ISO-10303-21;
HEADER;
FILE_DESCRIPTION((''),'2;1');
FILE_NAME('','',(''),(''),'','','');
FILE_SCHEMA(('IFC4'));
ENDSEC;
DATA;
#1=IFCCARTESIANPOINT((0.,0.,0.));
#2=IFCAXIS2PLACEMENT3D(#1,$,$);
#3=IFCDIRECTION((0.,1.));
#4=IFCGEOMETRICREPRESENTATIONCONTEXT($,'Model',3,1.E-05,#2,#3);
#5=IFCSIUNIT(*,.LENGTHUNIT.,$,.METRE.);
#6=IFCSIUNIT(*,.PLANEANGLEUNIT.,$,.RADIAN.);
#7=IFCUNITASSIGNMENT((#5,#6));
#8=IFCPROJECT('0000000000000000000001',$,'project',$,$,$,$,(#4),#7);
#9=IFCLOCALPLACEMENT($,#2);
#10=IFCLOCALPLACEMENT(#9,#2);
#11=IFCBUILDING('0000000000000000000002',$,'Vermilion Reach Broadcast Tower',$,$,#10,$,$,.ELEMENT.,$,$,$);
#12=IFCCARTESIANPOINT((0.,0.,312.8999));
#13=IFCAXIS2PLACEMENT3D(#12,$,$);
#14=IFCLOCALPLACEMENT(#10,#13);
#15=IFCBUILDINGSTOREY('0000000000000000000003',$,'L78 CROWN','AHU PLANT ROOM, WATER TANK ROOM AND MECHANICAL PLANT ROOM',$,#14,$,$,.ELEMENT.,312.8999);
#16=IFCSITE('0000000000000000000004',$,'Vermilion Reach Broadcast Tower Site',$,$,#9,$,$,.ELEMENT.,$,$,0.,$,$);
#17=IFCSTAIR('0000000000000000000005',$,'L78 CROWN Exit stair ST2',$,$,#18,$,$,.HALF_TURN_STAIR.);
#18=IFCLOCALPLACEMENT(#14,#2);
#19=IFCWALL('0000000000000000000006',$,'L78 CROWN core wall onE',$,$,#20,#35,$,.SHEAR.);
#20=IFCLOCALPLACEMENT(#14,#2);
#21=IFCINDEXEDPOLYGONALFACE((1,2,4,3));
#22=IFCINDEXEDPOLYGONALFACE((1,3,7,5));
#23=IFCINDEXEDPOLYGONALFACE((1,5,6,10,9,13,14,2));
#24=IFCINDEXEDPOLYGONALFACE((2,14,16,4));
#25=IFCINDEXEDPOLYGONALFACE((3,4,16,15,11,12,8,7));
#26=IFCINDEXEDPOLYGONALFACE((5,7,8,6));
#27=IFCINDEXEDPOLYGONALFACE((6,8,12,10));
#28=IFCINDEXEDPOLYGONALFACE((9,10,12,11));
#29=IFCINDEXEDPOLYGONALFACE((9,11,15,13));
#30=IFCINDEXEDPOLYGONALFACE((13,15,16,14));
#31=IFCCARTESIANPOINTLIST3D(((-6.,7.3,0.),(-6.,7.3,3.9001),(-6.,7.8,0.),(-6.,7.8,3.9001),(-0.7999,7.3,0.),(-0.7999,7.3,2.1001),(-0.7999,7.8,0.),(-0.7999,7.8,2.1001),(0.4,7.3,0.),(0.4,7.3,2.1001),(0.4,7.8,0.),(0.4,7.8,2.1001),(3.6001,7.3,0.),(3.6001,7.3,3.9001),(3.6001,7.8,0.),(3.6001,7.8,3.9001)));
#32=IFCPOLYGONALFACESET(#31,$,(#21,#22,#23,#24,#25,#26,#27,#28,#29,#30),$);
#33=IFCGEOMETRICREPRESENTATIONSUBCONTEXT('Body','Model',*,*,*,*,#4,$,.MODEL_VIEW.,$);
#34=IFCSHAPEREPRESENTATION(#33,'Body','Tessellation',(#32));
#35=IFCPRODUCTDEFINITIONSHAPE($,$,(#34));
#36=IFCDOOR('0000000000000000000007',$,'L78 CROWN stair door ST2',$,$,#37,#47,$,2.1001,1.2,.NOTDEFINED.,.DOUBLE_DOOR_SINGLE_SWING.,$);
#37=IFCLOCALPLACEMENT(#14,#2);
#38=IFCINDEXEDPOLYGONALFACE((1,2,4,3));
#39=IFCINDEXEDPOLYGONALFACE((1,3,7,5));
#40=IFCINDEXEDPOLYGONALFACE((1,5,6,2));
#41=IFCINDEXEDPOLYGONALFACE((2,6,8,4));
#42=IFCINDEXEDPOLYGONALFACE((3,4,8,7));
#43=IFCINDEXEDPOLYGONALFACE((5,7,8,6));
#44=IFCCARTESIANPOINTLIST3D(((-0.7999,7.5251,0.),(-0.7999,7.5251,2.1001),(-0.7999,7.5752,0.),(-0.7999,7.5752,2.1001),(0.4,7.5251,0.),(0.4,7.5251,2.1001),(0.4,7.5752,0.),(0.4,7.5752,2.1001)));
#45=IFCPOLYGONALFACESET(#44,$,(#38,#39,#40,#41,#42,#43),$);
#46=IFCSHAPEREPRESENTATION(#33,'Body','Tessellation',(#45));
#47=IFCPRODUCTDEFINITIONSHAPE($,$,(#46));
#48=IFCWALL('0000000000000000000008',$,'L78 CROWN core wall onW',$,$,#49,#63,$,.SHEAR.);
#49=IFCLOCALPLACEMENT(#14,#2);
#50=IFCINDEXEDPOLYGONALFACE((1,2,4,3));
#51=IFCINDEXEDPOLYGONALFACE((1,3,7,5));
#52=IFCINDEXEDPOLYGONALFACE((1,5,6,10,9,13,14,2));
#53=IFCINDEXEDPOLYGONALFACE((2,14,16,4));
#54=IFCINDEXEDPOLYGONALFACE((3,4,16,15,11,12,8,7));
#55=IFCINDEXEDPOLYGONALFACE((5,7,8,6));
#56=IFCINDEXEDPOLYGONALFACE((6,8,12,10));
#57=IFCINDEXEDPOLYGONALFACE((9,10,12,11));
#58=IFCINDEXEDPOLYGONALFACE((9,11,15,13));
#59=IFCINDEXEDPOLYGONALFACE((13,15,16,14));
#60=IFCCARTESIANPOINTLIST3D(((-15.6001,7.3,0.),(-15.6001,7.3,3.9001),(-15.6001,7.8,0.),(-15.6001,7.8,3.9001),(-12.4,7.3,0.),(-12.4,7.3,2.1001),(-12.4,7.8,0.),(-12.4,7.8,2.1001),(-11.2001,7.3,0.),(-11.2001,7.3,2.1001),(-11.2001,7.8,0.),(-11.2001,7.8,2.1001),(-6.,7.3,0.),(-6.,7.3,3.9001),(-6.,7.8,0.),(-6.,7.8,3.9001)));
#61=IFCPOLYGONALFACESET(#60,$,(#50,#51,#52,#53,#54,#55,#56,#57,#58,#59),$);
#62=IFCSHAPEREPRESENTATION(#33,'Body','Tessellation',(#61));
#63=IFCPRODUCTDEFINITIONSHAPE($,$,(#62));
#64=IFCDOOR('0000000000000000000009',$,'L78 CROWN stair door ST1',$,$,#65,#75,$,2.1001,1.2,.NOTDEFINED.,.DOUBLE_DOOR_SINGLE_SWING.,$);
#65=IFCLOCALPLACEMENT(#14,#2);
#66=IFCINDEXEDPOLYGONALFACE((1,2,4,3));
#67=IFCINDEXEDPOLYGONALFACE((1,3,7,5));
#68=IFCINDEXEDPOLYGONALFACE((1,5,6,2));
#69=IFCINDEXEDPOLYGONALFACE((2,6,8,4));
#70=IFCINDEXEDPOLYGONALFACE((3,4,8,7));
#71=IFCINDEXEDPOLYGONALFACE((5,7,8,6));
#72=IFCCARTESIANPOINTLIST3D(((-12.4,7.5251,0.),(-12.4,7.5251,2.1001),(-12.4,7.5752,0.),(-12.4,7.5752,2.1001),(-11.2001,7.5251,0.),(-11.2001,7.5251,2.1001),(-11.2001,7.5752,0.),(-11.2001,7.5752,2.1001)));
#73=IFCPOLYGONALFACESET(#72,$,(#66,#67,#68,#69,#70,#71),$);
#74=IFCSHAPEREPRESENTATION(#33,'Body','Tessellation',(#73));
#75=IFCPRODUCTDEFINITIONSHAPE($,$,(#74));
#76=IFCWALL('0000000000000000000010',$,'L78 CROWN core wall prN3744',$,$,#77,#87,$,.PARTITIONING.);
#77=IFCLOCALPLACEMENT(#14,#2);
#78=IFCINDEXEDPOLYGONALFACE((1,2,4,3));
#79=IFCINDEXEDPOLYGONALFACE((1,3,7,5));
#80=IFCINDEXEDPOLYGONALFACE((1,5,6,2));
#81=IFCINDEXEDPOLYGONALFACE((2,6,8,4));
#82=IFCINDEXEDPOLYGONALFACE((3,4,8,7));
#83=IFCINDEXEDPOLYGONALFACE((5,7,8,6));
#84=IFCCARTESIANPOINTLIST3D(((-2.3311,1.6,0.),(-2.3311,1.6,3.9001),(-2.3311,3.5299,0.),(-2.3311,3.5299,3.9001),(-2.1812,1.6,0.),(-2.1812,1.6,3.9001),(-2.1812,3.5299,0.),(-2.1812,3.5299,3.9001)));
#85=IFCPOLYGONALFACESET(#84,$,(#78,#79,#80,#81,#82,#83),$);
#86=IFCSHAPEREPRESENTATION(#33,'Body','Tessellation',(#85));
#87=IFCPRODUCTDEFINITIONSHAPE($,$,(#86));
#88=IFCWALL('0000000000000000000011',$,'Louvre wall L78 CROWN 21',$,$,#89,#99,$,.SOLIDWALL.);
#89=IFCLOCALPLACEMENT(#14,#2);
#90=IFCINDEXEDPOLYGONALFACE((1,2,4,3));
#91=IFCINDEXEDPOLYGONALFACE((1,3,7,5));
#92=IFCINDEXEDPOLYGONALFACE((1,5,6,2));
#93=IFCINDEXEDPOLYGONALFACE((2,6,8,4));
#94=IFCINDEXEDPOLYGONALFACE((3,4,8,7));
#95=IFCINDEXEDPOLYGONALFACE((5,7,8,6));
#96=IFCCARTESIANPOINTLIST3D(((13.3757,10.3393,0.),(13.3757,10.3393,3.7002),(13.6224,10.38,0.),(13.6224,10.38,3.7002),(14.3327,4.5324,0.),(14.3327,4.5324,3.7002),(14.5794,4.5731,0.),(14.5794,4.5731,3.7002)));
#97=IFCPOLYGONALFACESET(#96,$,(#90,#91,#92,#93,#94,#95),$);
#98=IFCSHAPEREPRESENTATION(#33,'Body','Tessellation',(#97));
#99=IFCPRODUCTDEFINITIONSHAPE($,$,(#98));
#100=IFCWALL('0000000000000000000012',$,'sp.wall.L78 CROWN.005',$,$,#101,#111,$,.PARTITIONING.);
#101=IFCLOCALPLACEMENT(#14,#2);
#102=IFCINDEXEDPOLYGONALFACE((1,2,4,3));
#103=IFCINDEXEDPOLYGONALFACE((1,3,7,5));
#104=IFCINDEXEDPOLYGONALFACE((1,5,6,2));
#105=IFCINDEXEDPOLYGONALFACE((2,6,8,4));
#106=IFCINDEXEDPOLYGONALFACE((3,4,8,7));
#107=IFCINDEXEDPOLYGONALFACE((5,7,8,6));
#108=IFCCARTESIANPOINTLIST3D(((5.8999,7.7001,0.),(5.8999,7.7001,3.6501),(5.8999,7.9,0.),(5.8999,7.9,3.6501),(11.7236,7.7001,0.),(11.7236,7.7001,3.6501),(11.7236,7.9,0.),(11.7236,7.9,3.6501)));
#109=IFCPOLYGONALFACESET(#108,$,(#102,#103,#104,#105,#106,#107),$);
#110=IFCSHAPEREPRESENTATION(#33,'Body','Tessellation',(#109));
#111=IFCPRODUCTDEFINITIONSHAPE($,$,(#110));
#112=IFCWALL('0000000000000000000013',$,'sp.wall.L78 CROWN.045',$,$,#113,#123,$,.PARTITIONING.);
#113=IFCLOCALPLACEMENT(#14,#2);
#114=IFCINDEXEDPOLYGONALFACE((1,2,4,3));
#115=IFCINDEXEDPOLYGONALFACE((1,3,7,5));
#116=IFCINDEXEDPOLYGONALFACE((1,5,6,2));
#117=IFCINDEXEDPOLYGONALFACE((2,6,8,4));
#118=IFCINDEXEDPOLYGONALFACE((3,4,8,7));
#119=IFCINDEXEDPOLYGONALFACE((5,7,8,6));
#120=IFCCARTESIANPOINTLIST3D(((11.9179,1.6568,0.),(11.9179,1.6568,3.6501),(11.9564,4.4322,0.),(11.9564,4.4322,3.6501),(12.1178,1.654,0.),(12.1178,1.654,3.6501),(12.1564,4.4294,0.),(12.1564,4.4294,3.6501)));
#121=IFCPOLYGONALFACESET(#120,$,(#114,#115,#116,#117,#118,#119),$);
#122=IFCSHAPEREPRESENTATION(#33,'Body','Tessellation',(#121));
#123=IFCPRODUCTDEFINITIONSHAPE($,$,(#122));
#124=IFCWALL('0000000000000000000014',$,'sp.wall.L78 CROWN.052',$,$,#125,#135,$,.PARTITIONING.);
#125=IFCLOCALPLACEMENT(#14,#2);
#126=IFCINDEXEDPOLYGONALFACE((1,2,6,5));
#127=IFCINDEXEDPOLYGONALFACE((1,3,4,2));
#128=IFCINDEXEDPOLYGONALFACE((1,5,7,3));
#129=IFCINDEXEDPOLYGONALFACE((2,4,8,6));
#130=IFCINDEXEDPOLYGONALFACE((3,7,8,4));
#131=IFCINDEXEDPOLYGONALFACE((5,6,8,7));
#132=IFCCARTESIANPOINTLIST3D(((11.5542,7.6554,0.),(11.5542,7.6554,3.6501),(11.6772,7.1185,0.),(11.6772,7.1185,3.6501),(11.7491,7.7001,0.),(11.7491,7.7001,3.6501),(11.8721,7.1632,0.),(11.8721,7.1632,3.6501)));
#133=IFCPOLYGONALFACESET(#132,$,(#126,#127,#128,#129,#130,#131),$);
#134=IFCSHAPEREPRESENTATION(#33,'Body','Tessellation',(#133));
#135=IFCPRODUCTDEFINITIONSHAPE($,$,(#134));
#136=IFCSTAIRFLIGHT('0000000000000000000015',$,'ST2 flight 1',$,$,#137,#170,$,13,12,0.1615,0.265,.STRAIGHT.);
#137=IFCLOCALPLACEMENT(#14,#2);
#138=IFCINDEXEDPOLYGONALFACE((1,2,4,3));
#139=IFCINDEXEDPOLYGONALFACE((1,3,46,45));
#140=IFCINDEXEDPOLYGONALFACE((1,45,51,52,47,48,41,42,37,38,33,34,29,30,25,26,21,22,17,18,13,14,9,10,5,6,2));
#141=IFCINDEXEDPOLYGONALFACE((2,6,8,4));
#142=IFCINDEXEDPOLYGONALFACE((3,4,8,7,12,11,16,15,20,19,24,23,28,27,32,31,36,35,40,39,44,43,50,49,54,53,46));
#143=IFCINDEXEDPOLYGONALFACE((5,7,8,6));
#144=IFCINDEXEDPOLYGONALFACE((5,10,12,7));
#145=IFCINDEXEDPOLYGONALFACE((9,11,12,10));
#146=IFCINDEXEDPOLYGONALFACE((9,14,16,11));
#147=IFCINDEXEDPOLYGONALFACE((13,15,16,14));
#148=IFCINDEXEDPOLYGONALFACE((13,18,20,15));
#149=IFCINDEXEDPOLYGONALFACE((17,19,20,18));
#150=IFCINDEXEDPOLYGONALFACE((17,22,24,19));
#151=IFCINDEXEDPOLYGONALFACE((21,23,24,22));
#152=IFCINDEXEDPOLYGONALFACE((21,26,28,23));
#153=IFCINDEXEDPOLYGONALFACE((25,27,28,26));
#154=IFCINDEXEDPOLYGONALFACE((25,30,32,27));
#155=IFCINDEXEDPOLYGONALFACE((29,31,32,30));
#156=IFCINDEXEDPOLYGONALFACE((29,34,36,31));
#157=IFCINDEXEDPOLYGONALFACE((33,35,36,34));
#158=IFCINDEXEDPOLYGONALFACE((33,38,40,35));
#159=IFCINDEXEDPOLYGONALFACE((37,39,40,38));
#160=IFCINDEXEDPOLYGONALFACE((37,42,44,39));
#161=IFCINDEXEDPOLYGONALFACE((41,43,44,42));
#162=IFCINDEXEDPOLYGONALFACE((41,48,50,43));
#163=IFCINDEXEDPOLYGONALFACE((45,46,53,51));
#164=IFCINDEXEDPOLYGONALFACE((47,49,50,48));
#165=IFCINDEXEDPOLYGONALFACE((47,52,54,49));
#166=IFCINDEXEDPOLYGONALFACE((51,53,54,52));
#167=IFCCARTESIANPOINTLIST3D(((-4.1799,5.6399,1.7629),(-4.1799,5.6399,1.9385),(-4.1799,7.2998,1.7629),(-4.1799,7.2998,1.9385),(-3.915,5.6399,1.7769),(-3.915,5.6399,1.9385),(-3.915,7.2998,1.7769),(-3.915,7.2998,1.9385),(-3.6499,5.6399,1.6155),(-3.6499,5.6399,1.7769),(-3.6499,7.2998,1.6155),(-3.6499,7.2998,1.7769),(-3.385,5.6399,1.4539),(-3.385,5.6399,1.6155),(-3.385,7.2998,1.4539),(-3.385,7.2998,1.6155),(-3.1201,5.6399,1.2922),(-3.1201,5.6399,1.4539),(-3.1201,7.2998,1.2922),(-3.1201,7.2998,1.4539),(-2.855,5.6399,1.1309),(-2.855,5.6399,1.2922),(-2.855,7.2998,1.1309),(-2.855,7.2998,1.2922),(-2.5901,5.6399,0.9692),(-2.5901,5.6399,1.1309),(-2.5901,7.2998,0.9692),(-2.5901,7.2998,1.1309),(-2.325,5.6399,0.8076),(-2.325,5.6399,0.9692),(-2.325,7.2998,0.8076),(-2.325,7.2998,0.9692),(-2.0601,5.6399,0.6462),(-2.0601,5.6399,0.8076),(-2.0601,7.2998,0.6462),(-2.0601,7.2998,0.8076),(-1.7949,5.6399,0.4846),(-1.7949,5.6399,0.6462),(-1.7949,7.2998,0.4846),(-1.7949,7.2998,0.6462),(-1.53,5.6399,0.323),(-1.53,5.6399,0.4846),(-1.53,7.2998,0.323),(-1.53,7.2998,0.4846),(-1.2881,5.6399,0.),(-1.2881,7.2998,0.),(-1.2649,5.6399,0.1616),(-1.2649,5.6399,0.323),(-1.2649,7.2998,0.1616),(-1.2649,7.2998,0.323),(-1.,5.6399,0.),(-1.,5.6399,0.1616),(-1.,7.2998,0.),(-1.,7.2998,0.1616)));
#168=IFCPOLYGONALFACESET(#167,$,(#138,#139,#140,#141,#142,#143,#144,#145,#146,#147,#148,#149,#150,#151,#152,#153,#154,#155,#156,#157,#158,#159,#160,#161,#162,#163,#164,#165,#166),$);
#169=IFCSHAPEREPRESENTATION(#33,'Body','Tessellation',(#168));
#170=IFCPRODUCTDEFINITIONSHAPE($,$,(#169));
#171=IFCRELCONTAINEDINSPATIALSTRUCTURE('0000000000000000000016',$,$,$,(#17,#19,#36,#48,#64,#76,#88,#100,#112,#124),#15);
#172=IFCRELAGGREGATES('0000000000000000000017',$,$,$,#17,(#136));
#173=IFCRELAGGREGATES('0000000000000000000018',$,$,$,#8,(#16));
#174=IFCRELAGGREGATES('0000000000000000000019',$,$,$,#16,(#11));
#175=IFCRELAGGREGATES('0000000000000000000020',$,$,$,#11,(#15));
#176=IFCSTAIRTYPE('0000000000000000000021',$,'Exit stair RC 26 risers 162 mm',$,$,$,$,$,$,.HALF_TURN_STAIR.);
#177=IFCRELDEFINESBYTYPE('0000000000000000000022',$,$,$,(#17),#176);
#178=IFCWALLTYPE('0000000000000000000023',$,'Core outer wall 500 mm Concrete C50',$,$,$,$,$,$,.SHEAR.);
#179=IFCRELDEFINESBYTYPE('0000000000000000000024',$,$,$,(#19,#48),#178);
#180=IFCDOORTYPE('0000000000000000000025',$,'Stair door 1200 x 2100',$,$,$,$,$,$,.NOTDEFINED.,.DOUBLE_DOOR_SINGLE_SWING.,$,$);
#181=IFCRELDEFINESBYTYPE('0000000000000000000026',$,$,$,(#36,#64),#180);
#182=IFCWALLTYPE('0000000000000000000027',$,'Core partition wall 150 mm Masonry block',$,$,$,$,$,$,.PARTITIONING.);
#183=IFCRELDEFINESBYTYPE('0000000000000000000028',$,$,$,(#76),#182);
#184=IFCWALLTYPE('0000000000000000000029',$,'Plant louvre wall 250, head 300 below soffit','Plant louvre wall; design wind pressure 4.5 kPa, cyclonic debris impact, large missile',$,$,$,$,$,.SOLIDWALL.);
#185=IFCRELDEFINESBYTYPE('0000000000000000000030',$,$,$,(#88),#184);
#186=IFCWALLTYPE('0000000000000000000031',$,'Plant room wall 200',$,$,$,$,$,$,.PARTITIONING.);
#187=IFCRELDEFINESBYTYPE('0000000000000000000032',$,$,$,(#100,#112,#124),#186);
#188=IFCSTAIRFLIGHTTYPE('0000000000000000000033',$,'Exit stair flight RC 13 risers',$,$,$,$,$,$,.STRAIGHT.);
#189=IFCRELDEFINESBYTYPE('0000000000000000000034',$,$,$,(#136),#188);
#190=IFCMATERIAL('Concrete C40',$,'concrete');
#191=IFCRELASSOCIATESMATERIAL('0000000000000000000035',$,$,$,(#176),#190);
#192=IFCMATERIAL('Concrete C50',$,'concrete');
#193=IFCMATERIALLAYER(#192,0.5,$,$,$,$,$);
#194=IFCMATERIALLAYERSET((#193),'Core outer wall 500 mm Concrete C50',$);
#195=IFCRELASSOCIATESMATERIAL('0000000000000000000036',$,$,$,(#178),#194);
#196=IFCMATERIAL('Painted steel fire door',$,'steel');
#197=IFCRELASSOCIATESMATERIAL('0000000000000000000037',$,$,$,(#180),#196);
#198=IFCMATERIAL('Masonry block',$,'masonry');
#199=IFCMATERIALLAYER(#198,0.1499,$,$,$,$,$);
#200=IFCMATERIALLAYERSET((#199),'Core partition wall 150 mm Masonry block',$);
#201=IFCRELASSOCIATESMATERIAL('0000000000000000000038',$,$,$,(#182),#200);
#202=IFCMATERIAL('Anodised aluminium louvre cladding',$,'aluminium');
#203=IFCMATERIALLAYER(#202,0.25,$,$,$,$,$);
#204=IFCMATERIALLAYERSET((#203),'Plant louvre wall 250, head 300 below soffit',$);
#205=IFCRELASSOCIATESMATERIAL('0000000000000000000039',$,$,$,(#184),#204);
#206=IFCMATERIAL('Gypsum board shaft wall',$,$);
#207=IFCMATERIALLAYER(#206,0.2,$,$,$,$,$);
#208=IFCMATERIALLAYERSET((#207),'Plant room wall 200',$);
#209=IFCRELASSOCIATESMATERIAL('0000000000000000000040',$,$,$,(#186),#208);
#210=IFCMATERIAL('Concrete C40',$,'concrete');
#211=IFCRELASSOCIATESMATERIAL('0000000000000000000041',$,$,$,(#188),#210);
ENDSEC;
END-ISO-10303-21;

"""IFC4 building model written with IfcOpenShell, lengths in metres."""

from ifc_helpers import new_model, si_unit, direction, frame, frame_2d, origin, place, context, subcontext, project, spatial, polyline, rectangle, outline, extrude, material, layer, layer_set, type_object, element, fill, aggregate, save


model = new_model("IFC4")

# Units and contexts
model_context = context("Model", 3, precision=1e-05, world=origin(), true_north=direction((0.0, 1.0)))
body_context = subcontext(model_context, "Body", "Model", "MODEL_VIEW")
ifc_project = project(units=[si_unit("LENGTHUNIT", "METRE"), si_unit("PLANEANGLEUNIT", "RADIAN")], contexts=[model_context])

# Site, building, storey
site_placement = place(None, origin())
site = spatial("IfcSite", under=ifc_project, at=site_placement, Name="Vermilion Reach Broadcast Tower Site", CompositionType="ELEMENT", RefElevation=0.0)
building_placement = place(site_placement, origin())
building = spatial("IfcBuilding", under=site, at=building_placement, Name="Vermilion Reach Broadcast Tower", CompositionType="ELEMENT")
storey_placement = place(building_placement, frame((0.0, 0.0, 312.8999)))
storey = spatial("IfcBuildingStorey", under=building, at=storey_placement, Name="L78 CROWN", Description="AHU PLANT ROOM, WATER TANK ROOM AND MECHANICAL PLANT ROOM", CompositionType="ELEMENT", Elevation=312.8999)

# Stair
ifc_material_1 = material(Name="Concrete C40", Category="concrete")
stair_type = type_object("IfcStairType", Name="Exit stair RC 26 risers 162 mm", PredefinedType="HALF_TURN_STAIR", material=ifc_material_1)
placement_1 = place(storey_placement, origin())
stair_1 = element("IfcStair", 1, at=placement_1, inside=storey, type_object=stair_type, Name="L78 CROWN Exit stair ST2", PredefinedType="HALF_TURN_STAIR")

# Walls, openings, doors
ifc_material_2 = material(Name="Concrete C50", Category="concrete")
ifc_layer_1 = layer(ifc_material_2, 0.5)
ifc_layer_set_1 = layer_set([ifc_layer_1], Name="Core outer wall 500 mm Concrete C50")
wall_type_1 = type_object("IfcWallType", Name="Core outer wall 500 mm Concrete C50", PredefinedType="SHEAR", material=ifc_layer_set_1)
wall_1_placement = place(storey_placement, frame((3.6001, 7.55, 0.0), z_axis=(0.0, 0.0, 1.0), x_axis=(-1.0, 0.0, 0.0)))
wall_1 = element("IfcWall", 2, at=wall_1_placement, inside=storey, type_object=wall_type_1, Name="L78 CROWN core wall onE", PredefinedType="SHEAR", context=body_context, shape_type="SweptSolid", body=[
    extrude(rectangle(XDim=9.6001, YDim=0.5, at=frame_2d((4.8, 0.0))), origin(), (0.0, 0.0, 1.0), 3.9001),
])
opening_1_placement = place(wall_1_placement, frame((3.2, 0.0, 0.0)))
opening_1 = element("IfcOpeningElement", 3, at=opening_1_placement, cuts=wall_1, PredefinedType="OPENING", context=body_context, shape_type="SweptSolid", body=[
    extrude(rectangle(XDim=1.2, YDim=2.1001, at=frame_2d((0.6001, 1.05))), frame((0.0, 0.26, 0.0), z_axis=(0.0, -1.0, 0.0), x_axis=(1.0, 0.0, 0.0)), (0.0, 0.0, 1.0), 0.52),
])
ifc_material_3 = material(Name="Painted steel fire door", Category="steel")
door_type_1 = type_object("IfcDoorType", Name="Stair door 1200 x 2100", OperationType="DOUBLE_DOOR_SINGLE_SWING", PredefinedType="NOTDEFINED", material=ifc_material_3)
door_1_placement = place(opening_1_placement, origin())
door_1 = element("IfcDoor", 4, at=door_1_placement, inside=storey, type_object=door_type_1, Name="L78 CROWN stair door ST2", OperationType="DOUBLE_DOOR_SINGLE_SWING", OverallHeight=2.1001, OverallWidth=1.2, PredefinedType="NOTDEFINED", context=body_context, shape_type="SweptSolid", body=[
    extrude(rectangle(XDim=1.2, YDim=2.1001, at=frame_2d((0.6001, 1.05))), frame((0.0, 0.0249, 0.0), z_axis=(0.0, -1.0, 0.0), x_axis=(1.0, 0.0, 0.0)), (0.0, 0.0, 1.0), 0.05),
])
fill(opening_1, door_1)
wall_2_placement = place(storey_placement, frame((-6.0, 7.55, 0.0), z_axis=(0.0, 0.0, 1.0), x_axis=(-1.0, 0.0, 0.0)))
wall_2 = element("IfcWall", 5, at=wall_2_placement, inside=storey, type_object=wall_type_1, Name="L78 CROWN core wall onW", PredefinedType="SHEAR", context=body_context, shape_type="SweptSolid", body=[
    extrude(rectangle(XDim=9.6001, YDim=0.5, at=frame_2d((4.8, 0.0))), origin(), (0.0, 0.0, 1.0), 3.9001),
])
opening_2_placement = place(wall_2_placement, frame((5.2, 0.0, 0.0)))
opening_2 = element("IfcOpeningElement", 6, at=opening_2_placement, cuts=wall_2, PredefinedType="OPENING", context=body_context, shape_type="SweptSolid", body=[
    extrude(rectangle(XDim=1.2, YDim=2.1001, at=frame_2d((0.6001, 1.05))), frame((0.0, 0.26, 0.0), z_axis=(0.0, -1.0, 0.0), x_axis=(1.0, 0.0, 0.0)), (0.0, 0.0, 1.0), 0.52),
])
door_2_placement = place(opening_2_placement, origin())
door_2 = element("IfcDoor", 7, at=door_2_placement, inside=storey, type_object=door_type_1, Name="L78 CROWN stair door ST1", OperationType="DOUBLE_DOOR_SINGLE_SWING", OverallHeight=2.1001, OverallWidth=1.2, PredefinedType="NOTDEFINED", context=body_context, shape_type="SweptSolid", body=[
    extrude(rectangle(XDim=1.2, YDim=2.1001, at=frame_2d((0.6001, 1.05))), frame((0.0, 0.0249, 0.0), z_axis=(0.0, -1.0, 0.0), x_axis=(1.0, 0.0, 0.0)), (0.0, 0.0, 1.0), 0.05),
])
fill(opening_2, door_2)

# Walls
ifc_material_4 = material(Name="Masonry block", Category="masonry")
ifc_layer_2 = layer(ifc_material_4, 0.1499)
ifc_layer_set_2 = layer_set([ifc_layer_2], Name="Core partition wall 150 mm Masonry block")
wall_type_2 = type_object("IfcWallType", Name="Core partition wall 150 mm Masonry block", PredefinedType="PARTITIONING", material=ifc_layer_set_2)
wall_3_placement = place(storey_placement, frame((-2.2561, 1.6001, 0.0), z_axis=(0.0, 0.0, 1.0), x_axis=(0.0, 1.0, 0.0)))
element("IfcWall", 8, at=wall_3_placement, inside=storey, type_object=wall_type_2, Name="L78 CROWN core wall prN3744", PredefinedType="PARTITIONING", context=body_context, shape_type="SweptSolid", body=[
    extrude(rectangle(XDim=1.9299, YDim=0.1499, at=frame_2d((0.9648, 0.0))), origin(), (0.0, 0.0, 1.0), 3.9001),
])
ifc_material_5 = material(Name="Anodised aluminium louvre cladding", Category="aluminium")
ifc_layer_3 = layer(ifc_material_5, 0.25)
ifc_layer_set_3 = layer_set([ifc_layer_3], Name="Plant louvre wall 250, head 300 below soffit")
wall_type_3 = type_object("IfcWallType", Name="Plant louvre wall 250, head 300 below soffit", Description="Plant louvre wall; design wind pressure 4.5 kPa, cyclonic debris impact, large missile", PredefinedType="SOLIDWALL", material=ifc_layer_set_3)
wall_4_placement = place(storey_placement, frame((14.4561, 4.5527, 0.0), z_axis=(0.0, 0.0, 1.0), x_axis=(-0.162616, 0.986689, 0.0)))
element("IfcWall", 9, at=wall_4_placement, inside=storey, type_object=wall_type_3, Name="Louvre wall L78 CROWN 21", PredefinedType="SOLIDWALL", context=body_context, shape_type="SweptSolid", body=[
    extrude(rectangle(XDim=5.8853, YDim=0.25, at=frame_2d((2.9426, 0.0))), origin(), (0.0, 0.0, 1.0), 3.7002),
])
ifc_material_6 = material(Name="Gypsum board shaft wall")
ifc_layer_4 = layer(ifc_material_6, 0.2)
ifc_layer_set_4 = layer_set([ifc_layer_4], Name="Plant room wall 200")
wall_type_4 = type_object("IfcWallType", Name="Plant room wall 200", PredefinedType="PARTITIONING", material=ifc_layer_set_4)
wall_5_placement = place(storey_placement, frame((5.8999, 7.8, 0.0), z_axis=(0.0, 0.0, 1.0), x_axis=(1.0, 0.0, 0.0)))
element("IfcWall", 10, at=wall_5_placement, inside=storey, type_object=wall_type_4, Name="sp.wall.L78 CROWN.005", PredefinedType="PARTITIONING", context=body_context, shape_type="SweptSolid", body=[
    extrude(rectangle(XDim=5.8237, YDim=0.2, at=frame_2d((2.9119, 0.0))), origin(), (0.0, 0.0, 1.0), 3.6501),
])
wall_6_placement = place(storey_placement, frame((12.0178, 1.6555, 0.0), z_axis=(0.0, 0.0, 1.0), x_axis=(0.013897, 0.999903, 0.0)))
element("IfcWall", 11, at=wall_6_placement, inside=storey, type_object=wall_type_4, Name="sp.wall.L78 CROWN.045", PredefinedType="PARTITIONING", context=body_context, shape_type="SweptSolid", body=[
    extrude(rectangle(XDim=2.7756, YDim=0.2, at=frame_2d((1.3877, 0.0))), origin(), (0.0, 0.0, 1.0), 3.6501),
])
wall_7_placement = place(storey_placement, frame((11.6516, 7.6777, 0.0), z_axis=(0.0, 0.0, 1.0), x_axis=(0.223402, -0.974726, 0.0)))
element("IfcWall", 12, at=wall_7_placement, inside=storey, type_object=wall_type_4, Name="sp.wall.L78 CROWN.052", PredefinedType="PARTITIONING", context=body_context, shape_type="SweptSolid", body=[
    extrude(rectangle(XDim=0.5508, YDim=0.2, at=frame_2d((0.2754, 0.0))), origin(), (0.0, 0.0, 1.0), 3.6501),
])

# Stair flight
ifc_material_7 = material(Name="Concrete C40", Category="concrete")
stair_flight_type = type_object("IfcStairFlightType", Name="Exit stair flight RC 13 risers", PredefinedType="STRAIGHT", material=ifc_material_7)
stair_flight_1_placement = place(storey_placement, frame((-1.0, 6.47, 0.0), z_axis=(0.0, 0.0, 1.0), x_axis=(-1.0, 0.0, 0.0)))
stair_flight_1 = element("IfcStairFlight", 13, at=stair_flight_1_placement, type_object=stair_flight_type, Name="ST2 flight 1", NumberOfRisers=13, NumberOfTreads=12, PredefinedType="STRAIGHT", RiserHeight=0.1615, TreadLength=0.265, context=body_context, shape_type="SweptSolid", body=[
    extrude(outline(polyline([(0.0, 0.0), (0.0, 0.1616), (0.2649, 0.1616), (0.2649, 0.323), (0.53, 0.323), (0.53, 0.4846), (0.7949, 0.4846), (0.7949, 0.6462), (1.0601, 0.6462), (1.0601, 0.8076), (1.325, 0.8076), (1.325, 0.9692), (1.5901, 0.9692), (1.5901, 1.1309), (1.855, 1.1309), (1.855, 1.2922), (2.1201, 1.2922), (2.1201, 1.4539), (2.385, 1.4539), (2.385, 1.6155), (2.6499, 1.6155), (2.6499, 1.7769), (2.915, 1.7769), (2.915, 1.9385), (3.1799, 1.9385), (3.1799, 2.1001), (3.1799, 1.7629), (0.2881, 0.0), (0.0, 0.0)])), frame((0.0, 0.8301, 0.0), z_axis=(0.0, -1.0, 0.0), x_axis=(1.0, 0.0, 0.0)), (0.0, 0.0, 1.0), 1.6599),
])
aggregate(stair_1, [stair_flight_1])

save(model, "model.ifc")
